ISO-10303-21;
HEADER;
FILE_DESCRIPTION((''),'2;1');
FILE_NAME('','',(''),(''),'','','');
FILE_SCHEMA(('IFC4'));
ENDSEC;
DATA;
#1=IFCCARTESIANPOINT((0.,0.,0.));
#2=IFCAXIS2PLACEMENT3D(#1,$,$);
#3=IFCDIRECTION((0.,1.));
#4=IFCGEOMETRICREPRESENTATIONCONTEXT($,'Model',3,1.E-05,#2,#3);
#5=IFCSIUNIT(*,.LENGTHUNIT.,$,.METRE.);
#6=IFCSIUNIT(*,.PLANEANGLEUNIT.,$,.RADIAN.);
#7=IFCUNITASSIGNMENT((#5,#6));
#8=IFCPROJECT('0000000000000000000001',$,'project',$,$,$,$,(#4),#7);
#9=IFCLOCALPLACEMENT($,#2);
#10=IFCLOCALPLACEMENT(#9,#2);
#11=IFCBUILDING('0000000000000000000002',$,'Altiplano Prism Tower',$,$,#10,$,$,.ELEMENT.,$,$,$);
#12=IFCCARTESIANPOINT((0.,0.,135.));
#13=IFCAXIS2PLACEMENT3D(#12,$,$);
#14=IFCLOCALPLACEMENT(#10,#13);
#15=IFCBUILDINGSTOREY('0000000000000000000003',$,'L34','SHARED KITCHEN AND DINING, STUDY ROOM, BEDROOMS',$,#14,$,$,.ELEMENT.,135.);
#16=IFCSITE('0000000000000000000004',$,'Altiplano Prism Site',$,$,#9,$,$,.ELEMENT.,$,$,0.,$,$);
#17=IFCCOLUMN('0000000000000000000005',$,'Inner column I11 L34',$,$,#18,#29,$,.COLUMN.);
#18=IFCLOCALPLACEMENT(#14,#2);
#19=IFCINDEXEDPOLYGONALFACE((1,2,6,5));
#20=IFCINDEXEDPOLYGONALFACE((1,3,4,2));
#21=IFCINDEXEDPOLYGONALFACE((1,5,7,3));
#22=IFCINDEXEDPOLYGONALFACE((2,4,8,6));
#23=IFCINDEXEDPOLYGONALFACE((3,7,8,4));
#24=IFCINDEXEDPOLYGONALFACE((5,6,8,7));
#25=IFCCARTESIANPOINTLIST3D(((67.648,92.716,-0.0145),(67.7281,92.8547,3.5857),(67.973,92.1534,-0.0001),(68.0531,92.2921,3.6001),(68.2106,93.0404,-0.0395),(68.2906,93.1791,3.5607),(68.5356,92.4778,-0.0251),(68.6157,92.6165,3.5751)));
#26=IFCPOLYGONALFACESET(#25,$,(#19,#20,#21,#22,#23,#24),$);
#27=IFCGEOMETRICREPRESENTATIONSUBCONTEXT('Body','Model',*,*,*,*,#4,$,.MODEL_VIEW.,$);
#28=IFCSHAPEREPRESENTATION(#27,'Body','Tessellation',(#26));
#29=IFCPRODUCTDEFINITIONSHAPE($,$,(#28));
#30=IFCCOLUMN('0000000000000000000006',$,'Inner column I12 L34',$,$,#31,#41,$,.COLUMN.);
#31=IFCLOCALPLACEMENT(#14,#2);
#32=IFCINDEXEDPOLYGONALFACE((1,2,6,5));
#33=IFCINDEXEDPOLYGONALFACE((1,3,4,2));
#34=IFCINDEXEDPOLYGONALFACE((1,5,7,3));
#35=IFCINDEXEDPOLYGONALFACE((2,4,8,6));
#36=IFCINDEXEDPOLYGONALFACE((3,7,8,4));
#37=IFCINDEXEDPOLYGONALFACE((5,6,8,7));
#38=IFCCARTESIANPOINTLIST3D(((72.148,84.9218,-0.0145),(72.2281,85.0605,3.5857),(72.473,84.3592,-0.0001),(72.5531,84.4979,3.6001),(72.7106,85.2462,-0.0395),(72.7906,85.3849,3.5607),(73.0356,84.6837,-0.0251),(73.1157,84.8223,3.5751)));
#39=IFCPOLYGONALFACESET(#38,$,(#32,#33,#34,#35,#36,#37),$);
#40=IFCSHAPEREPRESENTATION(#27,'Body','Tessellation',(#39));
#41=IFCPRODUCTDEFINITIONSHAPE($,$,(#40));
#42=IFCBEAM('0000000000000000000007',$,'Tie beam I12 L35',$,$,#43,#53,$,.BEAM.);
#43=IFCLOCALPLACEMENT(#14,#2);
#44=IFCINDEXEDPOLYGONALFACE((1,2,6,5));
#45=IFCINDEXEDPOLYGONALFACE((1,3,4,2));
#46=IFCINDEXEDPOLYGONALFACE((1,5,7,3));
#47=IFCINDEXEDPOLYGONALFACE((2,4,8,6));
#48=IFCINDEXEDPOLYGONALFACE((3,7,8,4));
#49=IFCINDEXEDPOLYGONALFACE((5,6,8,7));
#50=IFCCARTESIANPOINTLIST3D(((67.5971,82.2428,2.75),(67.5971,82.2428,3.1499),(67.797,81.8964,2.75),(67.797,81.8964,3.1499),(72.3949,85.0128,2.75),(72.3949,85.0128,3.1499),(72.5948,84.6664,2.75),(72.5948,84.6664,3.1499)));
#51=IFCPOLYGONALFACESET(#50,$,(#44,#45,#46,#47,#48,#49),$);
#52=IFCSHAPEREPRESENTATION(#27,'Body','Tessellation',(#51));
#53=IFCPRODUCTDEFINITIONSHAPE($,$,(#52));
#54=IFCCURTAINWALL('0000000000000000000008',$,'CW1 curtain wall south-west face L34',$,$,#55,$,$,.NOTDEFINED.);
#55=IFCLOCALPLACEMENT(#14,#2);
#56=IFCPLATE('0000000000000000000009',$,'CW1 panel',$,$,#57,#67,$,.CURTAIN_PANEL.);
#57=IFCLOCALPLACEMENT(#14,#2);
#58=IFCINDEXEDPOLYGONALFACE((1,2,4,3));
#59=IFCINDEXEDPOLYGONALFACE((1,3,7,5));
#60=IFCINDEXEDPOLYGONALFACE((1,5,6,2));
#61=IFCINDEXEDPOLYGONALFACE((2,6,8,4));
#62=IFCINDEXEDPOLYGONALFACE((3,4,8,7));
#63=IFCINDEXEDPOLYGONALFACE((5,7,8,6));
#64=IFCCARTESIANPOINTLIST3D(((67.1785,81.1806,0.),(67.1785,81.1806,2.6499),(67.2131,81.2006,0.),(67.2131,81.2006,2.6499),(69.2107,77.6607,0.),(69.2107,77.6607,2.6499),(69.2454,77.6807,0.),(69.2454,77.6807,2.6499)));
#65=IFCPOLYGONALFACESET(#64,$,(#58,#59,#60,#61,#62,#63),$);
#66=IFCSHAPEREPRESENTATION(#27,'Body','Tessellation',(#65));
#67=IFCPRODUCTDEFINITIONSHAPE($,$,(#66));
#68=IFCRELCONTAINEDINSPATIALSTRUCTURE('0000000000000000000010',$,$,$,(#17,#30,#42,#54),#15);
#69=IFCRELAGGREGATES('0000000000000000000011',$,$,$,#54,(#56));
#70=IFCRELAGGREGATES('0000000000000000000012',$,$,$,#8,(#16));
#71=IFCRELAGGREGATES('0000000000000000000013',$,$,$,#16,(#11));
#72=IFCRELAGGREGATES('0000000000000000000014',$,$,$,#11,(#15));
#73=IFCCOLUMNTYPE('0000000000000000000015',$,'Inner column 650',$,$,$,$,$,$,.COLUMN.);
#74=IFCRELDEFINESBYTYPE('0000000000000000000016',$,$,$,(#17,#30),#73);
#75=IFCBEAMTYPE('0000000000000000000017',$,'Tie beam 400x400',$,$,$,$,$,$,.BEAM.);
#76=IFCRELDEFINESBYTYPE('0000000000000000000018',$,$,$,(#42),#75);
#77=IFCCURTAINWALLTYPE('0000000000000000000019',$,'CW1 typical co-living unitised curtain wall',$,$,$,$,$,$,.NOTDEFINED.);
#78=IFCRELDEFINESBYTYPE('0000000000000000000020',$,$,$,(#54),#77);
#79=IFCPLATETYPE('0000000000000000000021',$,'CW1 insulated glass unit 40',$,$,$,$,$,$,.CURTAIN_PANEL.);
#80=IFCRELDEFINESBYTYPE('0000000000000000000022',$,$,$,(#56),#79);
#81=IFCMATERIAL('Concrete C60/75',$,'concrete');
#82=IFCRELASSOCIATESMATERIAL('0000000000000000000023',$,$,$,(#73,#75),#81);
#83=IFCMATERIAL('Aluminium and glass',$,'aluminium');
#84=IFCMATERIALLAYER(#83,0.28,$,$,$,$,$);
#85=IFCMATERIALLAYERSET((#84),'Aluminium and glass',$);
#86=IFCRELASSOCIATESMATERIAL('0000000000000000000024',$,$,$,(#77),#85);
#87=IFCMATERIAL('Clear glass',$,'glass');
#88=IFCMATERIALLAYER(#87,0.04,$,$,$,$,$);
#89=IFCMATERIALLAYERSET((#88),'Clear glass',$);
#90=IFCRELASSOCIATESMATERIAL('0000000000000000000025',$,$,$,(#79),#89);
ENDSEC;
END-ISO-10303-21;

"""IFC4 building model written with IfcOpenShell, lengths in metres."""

from ifc_helpers import new_model, si_unit, direction, frame, origin, origin_2d, place, context, subcontext, project, spatial, rectangle, extrude, material, layer, layer_set, material_profile, profile_set, type_object, element, aggregate, save


model = new_model("IFC4")

# Units and contexts
model_context = context("Model", 3, precision=1e-05, world=origin(), true_north=direction((0.0, 1.0)))
body_context = subcontext(model_context, "Body", "Model", "MODEL_VIEW")
ifc_project = project(units=[si_unit("LENGTHUNIT", "METRE"), si_unit("PLANEANGLEUNIT", "RADIAN")], contexts=[model_context])

# Site, building, storey
site_placement = place(None, origin())
site = spatial("IfcSite", under=ifc_project, at=site_placement, Name="Altiplano Prism Site", CompositionType="ELEMENT", RefElevation=0.0)
building_placement = place(site_placement, origin())
building = spatial("IfcBuilding", under=site, at=building_placement, Name="Altiplano Prism Tower", CompositionType="ELEMENT")
storey_placement = place(building_placement, frame((0.0, 0.0, 135.0)))
storey = spatial("IfcBuildingStorey", under=building, at=storey_placement, Name="L34", Description="SHARED KITCHEN AND DINING, STUDY ROOM, BEDROOMS", CompositionType="ELEMENT", Elevation=135.0)

# Columns
ifc_material_1 = material(Name="Concrete C60/75", Category="concrete")
ifc_material_profile_1 = material_profile(ifc_material_1, rectangle(XDim=0.6499, YDim=0.6499, at=origin_2d()), Name="Inner column 650")
ifc_profile_set_1 = profile_set([ifc_material_profile_1], Name="Concrete C60/75")
column_type = type_object("IfcColumnType", Name="Inner column 650", PredefinedType="COLUMN", material=ifc_profile_set_1)
for number, where, z_axis, x_axis, name in (
    (1, (68.0918, 92.5969, -0.0198), (0.022221, 0.038481, 0.999012), (-0.865641, -0.499184, 0.038483), "Inner column I11 L34"),
    (2, (72.5918, 84.8027, -0.0198), (0.022221, 0.038481, 0.999012), (-0.865639, -0.499187, 0.038483), "Inner column I12 L34"),
):
    element("IfcColumn", number, at=place(storey_placement, frame(where, z_axis=z_axis, x_axis=x_axis)), inside=storey, type_object=column_type, Name=name, PredefinedType="COLUMN", context=body_context, shape_type="SweptSolid", body=[
        extrude(rectangle(XDim=0.6499, YDim=0.6499, at=origin_2d()), origin(), (0.0, 0.0, 1.0), 3.6038),
    ])

# Beam
ifc_material_profile_2 = material_profile(ifc_material_1, rectangle(XDim=0.3999, YDim=0.3999, at=origin_2d()), Name="Tie beam 400x400")
ifc_profile_set_2 = profile_set([ifc_material_profile_2], Name="Concrete C60/75")
beam_type = type_object("IfcBeamType", Name="Tie beam 400x400", PredefinedType="BEAM", material=ifc_profile_set_2)
beam_placement = place(storey_placement, frame((72.4949, 84.8396, 2.95), z_axis=(-0.866027, -0.499997, 0.0), x_axis=(0.499997, -0.866027, 0.0)))
element("IfcBeam", 3, at=beam_placement, inside=storey, type_object=beam_type, Name="Tie beam I12 L35", PredefinedType="BEAM", context=body_context, shape_type="SweptSolid", body=[
    extrude(rectangle(XDim=0.3999, YDim=0.3999, at=origin_2d()), origin(), (0.0, 0.0, 1.0), 5.54),
])

# Curtain wall, plate
ifc_material_2 = material(Name="Aluminium and glass", Category="aluminium")
ifc_layer_1 = layer(ifc_material_2, 0.28)
ifc_layer_set_1 = layer_set([ifc_layer_1], Name="Aluminium and glass")
curtain_wall_type = type_object("IfcCurtainWallType", Name="CW1 typical co-living unitised curtain wall", PredefinedType="NOTDEFINED", material=ifc_layer_set_1)
curtain_wall_placement = place(storey_placement, origin())
curtain_wall = element("IfcCurtainWall", 4, at=curtain_wall_placement, inside=storey, type_object=curtain_wall_type, Name="CW1 curtain wall south-west face L34", PredefinedType="NOTDEFINED")
ifc_material_3 = material(Name="Clear glass", Category="glass")
ifc_layer_2 = layer(ifc_material_3, 0.04)
ifc_layer_set_2 = layer_set([ifc_layer_2], Name="Clear glass")
plate_type = type_object("IfcPlateType", Name="CW1 insulated glass unit 40", PredefinedType="CURTAIN_PANEL", material=ifc_layer_set_2)
plate_placement = place(storey_placement, frame((68.2119, 79.4307, 0.0), z_axis=(0.0, 0.0, 1.0), x_axis=(0.5, -0.866025, 0.0)))
plate = element("IfcPlate", 5, at=plate_placement, type_object=plate_type, Name="CW1 panel", PredefinedType="CURTAIN_PANEL", context=body_context, shape_type="SweptSolid", body=[
    extrude(rectangle(XDim=4.0645, YDim=0.04, at=origin_2d()), origin(), (0.0, 0.0, 1.0), 2.6499),
])
aggregate(curtain_wall, [plate])

save(model, "model.ifc")
